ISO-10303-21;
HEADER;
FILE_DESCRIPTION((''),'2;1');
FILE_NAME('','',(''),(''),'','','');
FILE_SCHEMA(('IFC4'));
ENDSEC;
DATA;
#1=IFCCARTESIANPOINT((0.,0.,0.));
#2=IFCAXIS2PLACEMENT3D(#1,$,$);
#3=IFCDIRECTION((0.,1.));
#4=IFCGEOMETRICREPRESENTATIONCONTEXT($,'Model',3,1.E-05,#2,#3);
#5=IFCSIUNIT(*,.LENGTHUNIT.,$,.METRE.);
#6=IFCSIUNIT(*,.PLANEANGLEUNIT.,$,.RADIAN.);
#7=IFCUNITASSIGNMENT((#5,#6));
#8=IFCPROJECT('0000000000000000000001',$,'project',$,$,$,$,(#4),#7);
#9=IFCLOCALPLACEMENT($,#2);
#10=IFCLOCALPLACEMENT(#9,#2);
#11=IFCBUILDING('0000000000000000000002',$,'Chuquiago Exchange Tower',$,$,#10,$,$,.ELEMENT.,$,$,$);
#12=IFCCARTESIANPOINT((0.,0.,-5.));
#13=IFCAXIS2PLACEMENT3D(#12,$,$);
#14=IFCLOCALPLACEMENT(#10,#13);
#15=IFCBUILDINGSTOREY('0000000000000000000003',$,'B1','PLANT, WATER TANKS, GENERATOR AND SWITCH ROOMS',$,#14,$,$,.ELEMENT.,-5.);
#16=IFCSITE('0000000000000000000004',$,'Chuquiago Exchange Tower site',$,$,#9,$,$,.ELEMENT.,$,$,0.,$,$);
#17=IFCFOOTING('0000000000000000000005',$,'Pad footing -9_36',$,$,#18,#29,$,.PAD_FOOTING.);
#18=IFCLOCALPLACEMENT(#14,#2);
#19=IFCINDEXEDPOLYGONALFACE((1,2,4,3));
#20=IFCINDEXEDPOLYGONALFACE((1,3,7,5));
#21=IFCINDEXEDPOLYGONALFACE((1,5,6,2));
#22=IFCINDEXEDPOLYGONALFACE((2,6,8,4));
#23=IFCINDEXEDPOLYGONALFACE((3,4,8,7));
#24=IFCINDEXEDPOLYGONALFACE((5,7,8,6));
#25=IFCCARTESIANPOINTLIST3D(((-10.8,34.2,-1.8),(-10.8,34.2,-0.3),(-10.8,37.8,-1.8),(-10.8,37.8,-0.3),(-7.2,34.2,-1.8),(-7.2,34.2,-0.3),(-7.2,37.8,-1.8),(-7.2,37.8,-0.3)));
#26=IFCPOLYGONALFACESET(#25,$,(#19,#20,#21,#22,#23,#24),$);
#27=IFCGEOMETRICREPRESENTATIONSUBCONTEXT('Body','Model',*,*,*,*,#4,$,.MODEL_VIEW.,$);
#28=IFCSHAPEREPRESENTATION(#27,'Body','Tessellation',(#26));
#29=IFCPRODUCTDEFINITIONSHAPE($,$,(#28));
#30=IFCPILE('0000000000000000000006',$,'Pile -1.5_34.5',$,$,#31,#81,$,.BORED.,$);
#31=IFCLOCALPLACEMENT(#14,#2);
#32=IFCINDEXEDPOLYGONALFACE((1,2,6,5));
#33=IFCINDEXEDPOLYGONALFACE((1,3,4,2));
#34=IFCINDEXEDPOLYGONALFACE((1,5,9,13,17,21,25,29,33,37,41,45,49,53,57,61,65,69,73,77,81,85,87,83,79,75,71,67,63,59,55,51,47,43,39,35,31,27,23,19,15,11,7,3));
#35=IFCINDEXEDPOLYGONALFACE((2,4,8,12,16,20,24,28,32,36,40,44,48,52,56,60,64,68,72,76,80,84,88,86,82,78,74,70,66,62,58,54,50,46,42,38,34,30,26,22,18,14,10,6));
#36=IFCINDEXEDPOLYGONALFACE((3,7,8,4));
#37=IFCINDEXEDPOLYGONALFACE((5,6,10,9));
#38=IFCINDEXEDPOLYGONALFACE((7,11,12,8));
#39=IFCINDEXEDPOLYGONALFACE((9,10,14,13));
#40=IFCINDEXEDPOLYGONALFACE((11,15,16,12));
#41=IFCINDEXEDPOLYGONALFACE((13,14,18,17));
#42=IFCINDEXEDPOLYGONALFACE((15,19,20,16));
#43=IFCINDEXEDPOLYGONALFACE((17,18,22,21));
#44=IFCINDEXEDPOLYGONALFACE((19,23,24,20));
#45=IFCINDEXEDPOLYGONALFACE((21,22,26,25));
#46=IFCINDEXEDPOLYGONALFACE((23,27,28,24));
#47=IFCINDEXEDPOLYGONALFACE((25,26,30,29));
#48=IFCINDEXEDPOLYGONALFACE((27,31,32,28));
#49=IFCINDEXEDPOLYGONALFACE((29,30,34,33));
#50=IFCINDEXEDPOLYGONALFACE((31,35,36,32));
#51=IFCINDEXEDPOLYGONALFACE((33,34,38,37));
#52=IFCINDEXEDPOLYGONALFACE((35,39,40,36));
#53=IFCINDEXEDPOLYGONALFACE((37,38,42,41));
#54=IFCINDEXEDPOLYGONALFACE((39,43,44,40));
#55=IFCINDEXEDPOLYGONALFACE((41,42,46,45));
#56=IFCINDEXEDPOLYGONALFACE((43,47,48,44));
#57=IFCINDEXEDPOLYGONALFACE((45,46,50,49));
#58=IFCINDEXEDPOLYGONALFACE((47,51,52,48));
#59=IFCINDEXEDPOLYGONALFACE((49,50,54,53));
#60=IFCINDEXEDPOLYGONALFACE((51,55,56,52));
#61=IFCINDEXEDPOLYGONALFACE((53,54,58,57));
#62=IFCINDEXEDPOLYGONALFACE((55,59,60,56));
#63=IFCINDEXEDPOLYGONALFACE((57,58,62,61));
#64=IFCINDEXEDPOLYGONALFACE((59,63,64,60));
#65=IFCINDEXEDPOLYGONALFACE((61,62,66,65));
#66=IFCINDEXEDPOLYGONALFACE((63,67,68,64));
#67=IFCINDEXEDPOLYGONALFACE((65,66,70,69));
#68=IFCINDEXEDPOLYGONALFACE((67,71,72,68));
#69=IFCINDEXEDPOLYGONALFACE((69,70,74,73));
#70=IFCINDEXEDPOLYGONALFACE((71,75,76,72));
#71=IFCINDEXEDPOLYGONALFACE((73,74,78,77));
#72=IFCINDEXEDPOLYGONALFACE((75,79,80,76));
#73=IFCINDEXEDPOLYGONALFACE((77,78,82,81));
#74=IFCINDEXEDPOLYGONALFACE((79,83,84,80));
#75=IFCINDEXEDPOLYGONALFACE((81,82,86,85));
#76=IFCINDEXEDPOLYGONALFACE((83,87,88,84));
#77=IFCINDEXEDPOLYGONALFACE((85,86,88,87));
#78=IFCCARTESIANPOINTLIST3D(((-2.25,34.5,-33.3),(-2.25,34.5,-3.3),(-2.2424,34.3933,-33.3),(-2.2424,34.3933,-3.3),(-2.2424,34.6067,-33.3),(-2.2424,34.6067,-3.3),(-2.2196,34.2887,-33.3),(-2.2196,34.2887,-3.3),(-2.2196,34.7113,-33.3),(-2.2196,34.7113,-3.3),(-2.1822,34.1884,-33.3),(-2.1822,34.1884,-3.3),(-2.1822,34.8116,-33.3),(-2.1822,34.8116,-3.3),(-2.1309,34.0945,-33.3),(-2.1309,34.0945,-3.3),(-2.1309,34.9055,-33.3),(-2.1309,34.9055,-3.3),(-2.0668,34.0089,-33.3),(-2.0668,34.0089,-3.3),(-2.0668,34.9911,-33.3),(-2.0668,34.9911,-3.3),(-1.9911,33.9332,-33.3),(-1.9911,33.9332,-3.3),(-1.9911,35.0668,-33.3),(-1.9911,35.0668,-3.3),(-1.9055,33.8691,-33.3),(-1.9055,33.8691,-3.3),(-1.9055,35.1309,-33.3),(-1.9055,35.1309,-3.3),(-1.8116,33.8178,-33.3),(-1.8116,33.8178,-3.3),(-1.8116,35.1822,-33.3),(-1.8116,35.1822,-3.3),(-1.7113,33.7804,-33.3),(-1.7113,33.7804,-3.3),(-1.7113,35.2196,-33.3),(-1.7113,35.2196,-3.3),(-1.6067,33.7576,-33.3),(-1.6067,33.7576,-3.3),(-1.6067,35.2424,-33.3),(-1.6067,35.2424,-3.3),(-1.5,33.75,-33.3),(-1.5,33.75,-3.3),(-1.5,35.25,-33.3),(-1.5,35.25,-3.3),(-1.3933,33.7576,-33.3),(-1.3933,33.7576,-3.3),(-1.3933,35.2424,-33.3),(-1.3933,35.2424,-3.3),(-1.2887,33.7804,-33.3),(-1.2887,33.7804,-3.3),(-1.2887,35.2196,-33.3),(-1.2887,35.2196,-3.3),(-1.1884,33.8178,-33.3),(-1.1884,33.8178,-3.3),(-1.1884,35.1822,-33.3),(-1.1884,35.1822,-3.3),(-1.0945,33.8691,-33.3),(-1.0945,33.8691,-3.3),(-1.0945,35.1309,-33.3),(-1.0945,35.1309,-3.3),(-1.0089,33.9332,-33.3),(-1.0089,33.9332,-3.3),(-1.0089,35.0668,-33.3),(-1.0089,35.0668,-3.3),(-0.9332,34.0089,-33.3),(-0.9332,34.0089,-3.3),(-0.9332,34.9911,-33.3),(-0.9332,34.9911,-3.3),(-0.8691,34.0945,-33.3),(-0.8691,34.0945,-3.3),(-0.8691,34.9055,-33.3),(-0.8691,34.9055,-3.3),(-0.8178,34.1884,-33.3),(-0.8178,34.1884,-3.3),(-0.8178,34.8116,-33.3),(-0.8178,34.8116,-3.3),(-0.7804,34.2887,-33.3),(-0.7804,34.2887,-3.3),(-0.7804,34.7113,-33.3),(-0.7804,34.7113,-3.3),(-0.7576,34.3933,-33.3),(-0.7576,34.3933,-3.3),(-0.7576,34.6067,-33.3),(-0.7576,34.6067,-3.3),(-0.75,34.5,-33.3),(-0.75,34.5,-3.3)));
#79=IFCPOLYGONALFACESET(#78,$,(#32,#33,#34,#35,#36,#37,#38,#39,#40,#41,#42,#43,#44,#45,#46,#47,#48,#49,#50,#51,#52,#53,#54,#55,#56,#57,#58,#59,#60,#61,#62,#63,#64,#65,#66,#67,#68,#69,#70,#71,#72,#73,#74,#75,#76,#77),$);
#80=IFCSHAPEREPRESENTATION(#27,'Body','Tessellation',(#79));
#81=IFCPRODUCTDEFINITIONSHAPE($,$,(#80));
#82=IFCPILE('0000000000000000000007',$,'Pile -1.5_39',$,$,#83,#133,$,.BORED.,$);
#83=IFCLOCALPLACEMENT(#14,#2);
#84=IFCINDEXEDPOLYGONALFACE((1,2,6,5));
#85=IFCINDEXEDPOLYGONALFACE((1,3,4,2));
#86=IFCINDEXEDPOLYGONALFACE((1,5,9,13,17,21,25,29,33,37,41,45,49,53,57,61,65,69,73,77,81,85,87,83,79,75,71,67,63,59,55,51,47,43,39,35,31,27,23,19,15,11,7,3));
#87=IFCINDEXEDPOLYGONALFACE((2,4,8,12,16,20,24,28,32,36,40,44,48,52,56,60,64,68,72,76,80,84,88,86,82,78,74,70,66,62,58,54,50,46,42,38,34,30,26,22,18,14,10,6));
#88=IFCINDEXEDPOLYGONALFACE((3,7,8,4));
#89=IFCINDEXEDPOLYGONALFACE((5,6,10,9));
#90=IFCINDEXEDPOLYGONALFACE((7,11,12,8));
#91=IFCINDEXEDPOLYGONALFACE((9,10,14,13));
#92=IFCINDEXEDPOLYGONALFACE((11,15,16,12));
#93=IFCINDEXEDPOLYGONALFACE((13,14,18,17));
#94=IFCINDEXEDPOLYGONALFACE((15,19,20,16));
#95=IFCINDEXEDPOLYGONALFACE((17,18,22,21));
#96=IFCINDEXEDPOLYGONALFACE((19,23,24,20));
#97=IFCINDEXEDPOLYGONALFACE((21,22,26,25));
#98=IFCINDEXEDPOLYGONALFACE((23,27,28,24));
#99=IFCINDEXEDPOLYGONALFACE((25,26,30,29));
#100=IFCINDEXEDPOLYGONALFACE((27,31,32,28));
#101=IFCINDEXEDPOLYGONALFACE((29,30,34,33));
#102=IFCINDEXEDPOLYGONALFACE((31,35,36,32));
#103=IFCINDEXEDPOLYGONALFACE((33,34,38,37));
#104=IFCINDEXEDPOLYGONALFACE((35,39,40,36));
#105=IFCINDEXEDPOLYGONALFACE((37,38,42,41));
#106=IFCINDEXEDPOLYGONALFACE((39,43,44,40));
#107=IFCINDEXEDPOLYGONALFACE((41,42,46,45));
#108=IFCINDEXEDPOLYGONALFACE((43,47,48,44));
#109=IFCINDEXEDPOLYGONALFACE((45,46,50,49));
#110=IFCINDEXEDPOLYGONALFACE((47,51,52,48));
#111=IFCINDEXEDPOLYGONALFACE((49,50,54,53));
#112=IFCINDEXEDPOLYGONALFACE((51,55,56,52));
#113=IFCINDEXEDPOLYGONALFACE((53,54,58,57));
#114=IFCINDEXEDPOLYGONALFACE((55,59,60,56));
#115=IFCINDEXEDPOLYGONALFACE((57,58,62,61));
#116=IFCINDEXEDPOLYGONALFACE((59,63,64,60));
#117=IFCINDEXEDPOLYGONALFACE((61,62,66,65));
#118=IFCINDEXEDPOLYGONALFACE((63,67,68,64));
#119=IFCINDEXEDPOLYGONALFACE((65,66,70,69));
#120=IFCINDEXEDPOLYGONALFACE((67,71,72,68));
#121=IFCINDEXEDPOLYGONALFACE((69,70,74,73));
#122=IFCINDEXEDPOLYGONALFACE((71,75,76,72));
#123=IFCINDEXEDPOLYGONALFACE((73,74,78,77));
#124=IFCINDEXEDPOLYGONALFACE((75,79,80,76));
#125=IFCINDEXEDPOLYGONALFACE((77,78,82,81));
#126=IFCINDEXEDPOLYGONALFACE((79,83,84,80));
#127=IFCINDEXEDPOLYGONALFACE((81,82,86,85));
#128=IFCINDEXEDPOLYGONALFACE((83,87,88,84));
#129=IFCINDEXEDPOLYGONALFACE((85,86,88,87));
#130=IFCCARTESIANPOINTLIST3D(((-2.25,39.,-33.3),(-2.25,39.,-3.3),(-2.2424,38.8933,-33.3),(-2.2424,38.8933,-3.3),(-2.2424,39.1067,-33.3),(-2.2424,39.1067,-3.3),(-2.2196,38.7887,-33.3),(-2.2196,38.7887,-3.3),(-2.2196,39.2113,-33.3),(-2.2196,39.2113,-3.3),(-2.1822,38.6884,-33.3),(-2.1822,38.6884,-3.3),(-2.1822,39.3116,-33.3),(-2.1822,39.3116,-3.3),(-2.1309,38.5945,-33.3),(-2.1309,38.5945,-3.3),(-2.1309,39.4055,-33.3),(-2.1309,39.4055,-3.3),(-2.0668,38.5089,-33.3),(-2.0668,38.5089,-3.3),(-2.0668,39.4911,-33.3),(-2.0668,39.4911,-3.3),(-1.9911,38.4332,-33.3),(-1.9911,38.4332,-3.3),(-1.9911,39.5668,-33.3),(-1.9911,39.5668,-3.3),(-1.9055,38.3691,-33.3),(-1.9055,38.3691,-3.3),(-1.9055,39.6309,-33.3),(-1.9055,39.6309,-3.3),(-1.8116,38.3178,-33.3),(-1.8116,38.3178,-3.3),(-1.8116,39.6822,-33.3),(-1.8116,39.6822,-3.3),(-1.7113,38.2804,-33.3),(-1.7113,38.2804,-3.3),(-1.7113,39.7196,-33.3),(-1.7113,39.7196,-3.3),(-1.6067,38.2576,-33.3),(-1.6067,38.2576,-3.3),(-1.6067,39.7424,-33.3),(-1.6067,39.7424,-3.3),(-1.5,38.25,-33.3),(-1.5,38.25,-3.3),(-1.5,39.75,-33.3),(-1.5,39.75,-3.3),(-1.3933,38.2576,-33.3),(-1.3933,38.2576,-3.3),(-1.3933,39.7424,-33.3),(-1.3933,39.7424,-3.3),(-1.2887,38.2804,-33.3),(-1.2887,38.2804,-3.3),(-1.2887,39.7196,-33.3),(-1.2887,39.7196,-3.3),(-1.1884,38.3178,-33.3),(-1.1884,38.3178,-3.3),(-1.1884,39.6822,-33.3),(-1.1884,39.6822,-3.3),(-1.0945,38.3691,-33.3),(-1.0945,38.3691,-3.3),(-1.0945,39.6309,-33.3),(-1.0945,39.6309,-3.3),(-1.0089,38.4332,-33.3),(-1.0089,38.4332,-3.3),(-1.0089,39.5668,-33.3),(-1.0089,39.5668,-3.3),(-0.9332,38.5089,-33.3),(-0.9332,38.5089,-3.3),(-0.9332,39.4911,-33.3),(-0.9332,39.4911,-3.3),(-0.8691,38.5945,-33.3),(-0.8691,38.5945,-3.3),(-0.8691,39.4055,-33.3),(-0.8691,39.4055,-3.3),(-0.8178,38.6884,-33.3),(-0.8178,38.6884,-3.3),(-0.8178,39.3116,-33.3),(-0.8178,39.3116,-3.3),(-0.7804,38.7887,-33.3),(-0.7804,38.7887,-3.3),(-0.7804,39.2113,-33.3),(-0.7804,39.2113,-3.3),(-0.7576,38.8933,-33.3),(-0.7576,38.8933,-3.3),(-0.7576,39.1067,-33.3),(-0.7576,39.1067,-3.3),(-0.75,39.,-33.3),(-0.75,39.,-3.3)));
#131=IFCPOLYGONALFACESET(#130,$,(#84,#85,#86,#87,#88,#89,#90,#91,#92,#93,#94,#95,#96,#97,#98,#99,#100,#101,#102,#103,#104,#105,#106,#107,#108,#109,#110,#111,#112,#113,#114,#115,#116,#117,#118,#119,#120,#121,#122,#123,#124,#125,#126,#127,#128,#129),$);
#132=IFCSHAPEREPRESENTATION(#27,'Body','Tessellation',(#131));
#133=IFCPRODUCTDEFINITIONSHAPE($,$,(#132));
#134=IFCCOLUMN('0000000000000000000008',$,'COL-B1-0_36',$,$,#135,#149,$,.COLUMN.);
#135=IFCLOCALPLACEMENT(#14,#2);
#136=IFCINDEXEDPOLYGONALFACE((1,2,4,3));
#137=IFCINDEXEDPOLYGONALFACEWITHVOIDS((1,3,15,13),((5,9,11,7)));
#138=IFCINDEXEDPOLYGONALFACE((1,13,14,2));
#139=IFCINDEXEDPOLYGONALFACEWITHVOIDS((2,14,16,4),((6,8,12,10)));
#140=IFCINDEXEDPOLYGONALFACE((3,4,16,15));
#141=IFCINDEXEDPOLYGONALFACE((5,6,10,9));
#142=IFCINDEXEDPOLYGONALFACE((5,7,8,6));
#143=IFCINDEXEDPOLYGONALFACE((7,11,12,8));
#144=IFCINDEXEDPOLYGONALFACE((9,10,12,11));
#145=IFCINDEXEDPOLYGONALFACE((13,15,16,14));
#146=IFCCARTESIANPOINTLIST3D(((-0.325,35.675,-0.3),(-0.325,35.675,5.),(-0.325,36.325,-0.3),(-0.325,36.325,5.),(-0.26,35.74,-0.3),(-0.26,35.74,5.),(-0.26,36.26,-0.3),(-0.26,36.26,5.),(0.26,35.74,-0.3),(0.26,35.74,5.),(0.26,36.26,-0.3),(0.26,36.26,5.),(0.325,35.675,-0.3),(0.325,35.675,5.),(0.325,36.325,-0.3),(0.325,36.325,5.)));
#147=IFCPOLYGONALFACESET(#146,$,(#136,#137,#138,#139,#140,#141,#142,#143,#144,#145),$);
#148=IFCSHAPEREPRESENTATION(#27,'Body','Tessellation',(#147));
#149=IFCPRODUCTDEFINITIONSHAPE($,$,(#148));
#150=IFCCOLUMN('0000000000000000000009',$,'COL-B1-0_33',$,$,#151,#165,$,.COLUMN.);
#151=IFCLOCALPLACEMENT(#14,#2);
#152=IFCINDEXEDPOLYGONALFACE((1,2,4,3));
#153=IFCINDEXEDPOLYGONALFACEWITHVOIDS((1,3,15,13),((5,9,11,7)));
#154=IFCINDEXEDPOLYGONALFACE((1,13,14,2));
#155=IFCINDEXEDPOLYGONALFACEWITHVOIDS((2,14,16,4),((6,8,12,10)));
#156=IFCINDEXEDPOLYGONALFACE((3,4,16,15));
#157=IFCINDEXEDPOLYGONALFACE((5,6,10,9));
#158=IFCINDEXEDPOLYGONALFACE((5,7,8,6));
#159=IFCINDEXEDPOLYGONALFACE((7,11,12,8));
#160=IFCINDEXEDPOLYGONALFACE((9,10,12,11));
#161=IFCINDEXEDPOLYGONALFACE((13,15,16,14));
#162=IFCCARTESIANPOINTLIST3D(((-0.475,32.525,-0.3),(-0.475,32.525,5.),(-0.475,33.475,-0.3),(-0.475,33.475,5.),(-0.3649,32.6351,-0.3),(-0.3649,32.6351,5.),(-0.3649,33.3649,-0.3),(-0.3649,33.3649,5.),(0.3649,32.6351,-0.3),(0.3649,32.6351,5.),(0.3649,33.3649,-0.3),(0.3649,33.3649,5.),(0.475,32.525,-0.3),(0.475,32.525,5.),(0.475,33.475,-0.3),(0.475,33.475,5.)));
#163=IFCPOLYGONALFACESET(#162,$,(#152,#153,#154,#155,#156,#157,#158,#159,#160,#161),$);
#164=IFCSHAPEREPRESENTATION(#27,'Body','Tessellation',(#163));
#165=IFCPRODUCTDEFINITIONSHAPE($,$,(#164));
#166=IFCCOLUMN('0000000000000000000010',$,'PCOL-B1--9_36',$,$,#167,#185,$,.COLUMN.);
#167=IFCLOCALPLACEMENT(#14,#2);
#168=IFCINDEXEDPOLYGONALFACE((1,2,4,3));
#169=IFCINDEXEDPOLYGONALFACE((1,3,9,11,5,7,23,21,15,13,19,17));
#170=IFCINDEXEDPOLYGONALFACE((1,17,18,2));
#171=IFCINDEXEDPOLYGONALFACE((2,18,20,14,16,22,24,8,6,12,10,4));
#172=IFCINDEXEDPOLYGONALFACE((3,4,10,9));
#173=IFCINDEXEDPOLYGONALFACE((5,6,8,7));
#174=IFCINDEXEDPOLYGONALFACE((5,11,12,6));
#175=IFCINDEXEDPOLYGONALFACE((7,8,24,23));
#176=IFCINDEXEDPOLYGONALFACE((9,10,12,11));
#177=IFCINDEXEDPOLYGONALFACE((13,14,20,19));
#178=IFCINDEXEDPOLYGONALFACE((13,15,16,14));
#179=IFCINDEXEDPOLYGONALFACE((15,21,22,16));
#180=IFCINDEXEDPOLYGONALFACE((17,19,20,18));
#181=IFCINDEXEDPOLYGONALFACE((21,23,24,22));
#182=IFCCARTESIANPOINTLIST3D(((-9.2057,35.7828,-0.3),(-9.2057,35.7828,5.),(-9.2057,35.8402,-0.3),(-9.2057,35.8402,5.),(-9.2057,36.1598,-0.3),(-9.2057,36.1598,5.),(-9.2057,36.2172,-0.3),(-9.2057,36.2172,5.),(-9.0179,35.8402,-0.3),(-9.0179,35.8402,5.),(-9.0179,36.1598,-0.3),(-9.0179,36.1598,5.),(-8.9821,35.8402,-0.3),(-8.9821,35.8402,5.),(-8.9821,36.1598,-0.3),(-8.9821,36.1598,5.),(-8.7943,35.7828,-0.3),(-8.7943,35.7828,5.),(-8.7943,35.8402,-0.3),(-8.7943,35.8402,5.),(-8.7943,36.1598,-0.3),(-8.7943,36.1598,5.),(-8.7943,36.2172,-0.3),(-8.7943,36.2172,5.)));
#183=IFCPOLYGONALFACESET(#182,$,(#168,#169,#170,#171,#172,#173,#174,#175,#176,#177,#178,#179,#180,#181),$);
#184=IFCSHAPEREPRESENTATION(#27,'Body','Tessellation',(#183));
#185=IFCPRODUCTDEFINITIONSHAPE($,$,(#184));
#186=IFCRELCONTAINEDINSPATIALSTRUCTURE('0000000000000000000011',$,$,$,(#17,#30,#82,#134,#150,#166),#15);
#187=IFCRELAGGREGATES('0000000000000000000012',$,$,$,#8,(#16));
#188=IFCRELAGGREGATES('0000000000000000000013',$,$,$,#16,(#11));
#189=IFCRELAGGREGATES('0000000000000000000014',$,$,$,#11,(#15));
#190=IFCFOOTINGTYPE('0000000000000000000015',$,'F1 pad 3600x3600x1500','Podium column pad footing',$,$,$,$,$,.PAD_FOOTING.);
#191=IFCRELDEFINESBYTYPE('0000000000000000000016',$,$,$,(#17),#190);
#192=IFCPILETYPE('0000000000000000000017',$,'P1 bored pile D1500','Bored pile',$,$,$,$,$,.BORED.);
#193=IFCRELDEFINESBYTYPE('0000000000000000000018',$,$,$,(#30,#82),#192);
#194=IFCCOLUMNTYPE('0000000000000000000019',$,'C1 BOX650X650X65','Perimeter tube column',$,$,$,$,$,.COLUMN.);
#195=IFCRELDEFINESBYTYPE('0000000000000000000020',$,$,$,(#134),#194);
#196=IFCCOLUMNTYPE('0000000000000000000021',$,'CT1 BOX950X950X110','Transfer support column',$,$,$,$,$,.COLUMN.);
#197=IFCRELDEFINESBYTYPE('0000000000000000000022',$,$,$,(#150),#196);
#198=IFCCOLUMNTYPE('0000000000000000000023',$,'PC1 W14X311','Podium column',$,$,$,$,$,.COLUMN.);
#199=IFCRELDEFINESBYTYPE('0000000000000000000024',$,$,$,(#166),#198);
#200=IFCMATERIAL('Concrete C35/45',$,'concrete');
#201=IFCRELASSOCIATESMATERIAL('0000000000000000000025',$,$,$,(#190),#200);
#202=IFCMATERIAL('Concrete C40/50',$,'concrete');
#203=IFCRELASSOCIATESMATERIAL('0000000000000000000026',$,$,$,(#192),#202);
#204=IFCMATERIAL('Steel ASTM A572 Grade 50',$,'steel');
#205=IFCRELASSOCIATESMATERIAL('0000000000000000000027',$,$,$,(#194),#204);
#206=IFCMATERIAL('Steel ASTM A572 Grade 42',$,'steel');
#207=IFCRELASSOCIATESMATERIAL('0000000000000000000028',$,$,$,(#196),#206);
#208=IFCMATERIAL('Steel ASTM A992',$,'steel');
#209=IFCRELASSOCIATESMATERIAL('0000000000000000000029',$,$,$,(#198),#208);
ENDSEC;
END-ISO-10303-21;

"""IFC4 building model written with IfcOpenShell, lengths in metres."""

from ifc_helpers import new_model, si_unit, direction, frame, origin, origin_2d, place, context, subcontext, project, spatial, rectangle, hollow_rectangle, circle, i_section, extrude, material, material_profile, profile_set, type_object, element, save


model = new_model("IFC4")

# Units and contexts
model_context = context("Model", 3, precision=1e-05, world=origin(), true_north=direction((0.0, 1.0)))
body_context = subcontext(model_context, "Body", "Model", "MODEL_VIEW")
ifc_project = project(units=[si_unit("LENGTHUNIT", "METRE"), si_unit("PLANEANGLEUNIT", "RADIAN")], contexts=[model_context])

# Site, building, storey
site_placement = place(None, origin())
site = spatial("IfcSite", under=ifc_project, at=site_placement, Name="Chuquiago Exchange Tower site", CompositionType="ELEMENT", RefElevation=0.0)
building_placement = place(site_placement, origin())
building = spatial("IfcBuilding", under=site, at=building_placement, Name="Chuquiago Exchange Tower", CompositionType="ELEMENT")
storey_placement = place(building_placement, frame((0.0, 0.0, -5.0)))
storey = spatial("IfcBuildingStorey", under=building, at=storey_placement, Name="B1", Description="PLANT, WATER TANKS, GENERATOR AND SWITCH ROOMS", CompositionType="ELEMENT", Elevation=-5.0)

# Footing
ifc_material_1 = material(Name="Concrete C35/45", Category="concrete")
footing_type = type_object("IfcFootingType", Name="F1 pad 3600x3600x1500", Description="Podium column pad footing", PredefinedType="PAD_FOOTING", material=ifc_material_1)
footing_placement = place(storey_placement, frame((-9.0, 36.0, -1.8), z_axis=(0.0, 0.0, 1.0), x_axis=(1.0, 0.0, 0.0)))
element("IfcFooting", 1, at=footing_placement, inside=storey, type_object=footing_type, Name="Pad footing -9_36", PredefinedType="PAD_FOOTING", context=body_context, shape_type="SweptSolid", body=[
    extrude(rectangle(XDim=3.6001, YDim=3.6001, at=origin_2d()), origin(), (0.0, 0.0, 1.0), 1.5),
])

# Piles
ifc_material_2 = material(Name="Concrete C40/50", Category="concrete")
ifc_material_profile_1 = material_profile(ifc_material_2, circle(Radius=0.75, at=origin_2d()), Name="D1500")
ifc_profile_set_1 = profile_set([ifc_material_profile_1], Name="Concrete C40/50")
pile_type = type_object("IfcPileType", Name="P1 bored pile D1500", Description="Bored pile", PredefinedType="BORED", material=ifc_profile_set_1)
for number, where, z_axis, x_axis, name in (
    (2, (-1.5, 34.5, -3.3), (0.0, 0.0, -1.0), (1.0, 0.0, 0.0), "Pile -1.5_34.5"),
    (3, (-1.5, 39.0, -3.3), (0.0, 0.0, -1.0), (1.0, 0.0, 0.0), "Pile -1.5_39"),
):
    element("IfcPile", number, at=place(storey_placement, frame(where, z_axis=z_axis, x_axis=x_axis)), inside=storey, type_object=pile_type, Name=name, PredefinedType="BORED", context=body_context, shape_type="SweptSolid", body=[
        extrude(circle(Radius=0.75, at=origin_2d()), origin(), (0.0, 0.0, 1.0), 30.0),
    ])

# Columns
ifc_material_3 = material(Name="Steel ASTM A572 Grade 50", Category="steel")
ifc_material_profile_2 = material_profile(ifc_material_3, hollow_rectangle(XDim=0.6499, YDim=0.6499, WallThickness=0.0649, at=origin_2d()), Name="BOX650X650X65")
ifc_profile_set_2 = profile_set([ifc_material_profile_2], Name="Steel ASTM A572 Grade 50")
column_type_1 = type_object("IfcColumnType", Name="C1 BOX650X650X65", Description="Perimeter tube column", PredefinedType="COLUMN", material=ifc_profile_set_2)
column_1_placement = place(storey_placement, frame((0.0, 36.0, -0.3), z_axis=(0.0, 0.0, 1.0), x_axis=(-1.0, 0.0, 0.0)))
element("IfcColumn", 4, at=column_1_placement, inside=storey, type_object=column_type_1, Name="COL-B1-0_36", PredefinedType="COLUMN", context=body_context, shape_type="SweptSolid", body=[
    extrude(hollow_rectangle(XDim=0.6499, YDim=0.6499, WallThickness=0.0649, at=origin_2d()), origin(), (0.0, 0.0, 1.0), 5.3),
])
ifc_material_4 = material(Name="Steel ASTM A572 Grade 42", Category="steel")
ifc_material_profile_3 = material_profile(ifc_material_4, hollow_rectangle(XDim=0.95, YDim=0.95, WallThickness=0.1101, at=origin_2d()), Name="BOX950X950X110")
ifc_profile_set_3 = profile_set([ifc_material_profile_3], Name="Steel ASTM A572 Grade 42")
column_type_2 = type_object("IfcColumnType", Name="CT1 BOX950X950X110", Description="Transfer support column", PredefinedType="COLUMN", material=ifc_profile_set_3)
column_2_placement = place(storey_placement, frame((0.0, 33.0, -0.3), z_axis=(0.0, 0.0, 1.0), x_axis=(-1.0, 0.0, 0.0)))
element("IfcColumn", 5, at=column_2_placement, inside=storey, type_object=column_type_2, Name="COL-B1-0_33", PredefinedType="COLUMN", context=body_context, shape_type="SweptSolid", body=[
    extrude(hollow_rectangle(XDim=0.95, YDim=0.95, WallThickness=0.1101, at=origin_2d()), origin(), (0.0, 0.0, 1.0), 5.3),
])
ifc_material_5 = material(Name="Steel ASTM A992", Category="steel")
ifc_material_profile_4 = material_profile(ifc_material_5, i_section(OverallWidth=0.4114, OverallDepth=0.4343, WebThickness=0.0359, FlangeThickness=0.0574, at=origin_2d()), Name="W14X311")
ifc_profile_set_4 = profile_set([ifc_material_profile_4], Name="Steel ASTM A992")
column_type_3 = type_object("IfcColumnType", Name="PC1 W14X311", Description="Podium column", PredefinedType="COLUMN", material=ifc_profile_set_4)
column_3_placement = place(storey_placement, frame((-9.0, 36.0, -0.3), z_axis=(0.0, 0.0, 1.0), x_axis=(1.0, 0.0, 0.0)))
element("IfcColumn", 6, at=column_3_placement, inside=storey, type_object=column_type_3, Name="PCOL-B1--9_36", PredefinedType="COLUMN", context=body_context, shape_type="SweptSolid", body=[
    extrude(i_section(OverallWidth=0.4114, OverallDepth=0.4343, WebThickness=0.0359, FlangeThickness=0.0574, at=origin_2d()), origin(), (0.0, 0.0, 1.0), 5.3),
])

save(model, "model.ifc")
